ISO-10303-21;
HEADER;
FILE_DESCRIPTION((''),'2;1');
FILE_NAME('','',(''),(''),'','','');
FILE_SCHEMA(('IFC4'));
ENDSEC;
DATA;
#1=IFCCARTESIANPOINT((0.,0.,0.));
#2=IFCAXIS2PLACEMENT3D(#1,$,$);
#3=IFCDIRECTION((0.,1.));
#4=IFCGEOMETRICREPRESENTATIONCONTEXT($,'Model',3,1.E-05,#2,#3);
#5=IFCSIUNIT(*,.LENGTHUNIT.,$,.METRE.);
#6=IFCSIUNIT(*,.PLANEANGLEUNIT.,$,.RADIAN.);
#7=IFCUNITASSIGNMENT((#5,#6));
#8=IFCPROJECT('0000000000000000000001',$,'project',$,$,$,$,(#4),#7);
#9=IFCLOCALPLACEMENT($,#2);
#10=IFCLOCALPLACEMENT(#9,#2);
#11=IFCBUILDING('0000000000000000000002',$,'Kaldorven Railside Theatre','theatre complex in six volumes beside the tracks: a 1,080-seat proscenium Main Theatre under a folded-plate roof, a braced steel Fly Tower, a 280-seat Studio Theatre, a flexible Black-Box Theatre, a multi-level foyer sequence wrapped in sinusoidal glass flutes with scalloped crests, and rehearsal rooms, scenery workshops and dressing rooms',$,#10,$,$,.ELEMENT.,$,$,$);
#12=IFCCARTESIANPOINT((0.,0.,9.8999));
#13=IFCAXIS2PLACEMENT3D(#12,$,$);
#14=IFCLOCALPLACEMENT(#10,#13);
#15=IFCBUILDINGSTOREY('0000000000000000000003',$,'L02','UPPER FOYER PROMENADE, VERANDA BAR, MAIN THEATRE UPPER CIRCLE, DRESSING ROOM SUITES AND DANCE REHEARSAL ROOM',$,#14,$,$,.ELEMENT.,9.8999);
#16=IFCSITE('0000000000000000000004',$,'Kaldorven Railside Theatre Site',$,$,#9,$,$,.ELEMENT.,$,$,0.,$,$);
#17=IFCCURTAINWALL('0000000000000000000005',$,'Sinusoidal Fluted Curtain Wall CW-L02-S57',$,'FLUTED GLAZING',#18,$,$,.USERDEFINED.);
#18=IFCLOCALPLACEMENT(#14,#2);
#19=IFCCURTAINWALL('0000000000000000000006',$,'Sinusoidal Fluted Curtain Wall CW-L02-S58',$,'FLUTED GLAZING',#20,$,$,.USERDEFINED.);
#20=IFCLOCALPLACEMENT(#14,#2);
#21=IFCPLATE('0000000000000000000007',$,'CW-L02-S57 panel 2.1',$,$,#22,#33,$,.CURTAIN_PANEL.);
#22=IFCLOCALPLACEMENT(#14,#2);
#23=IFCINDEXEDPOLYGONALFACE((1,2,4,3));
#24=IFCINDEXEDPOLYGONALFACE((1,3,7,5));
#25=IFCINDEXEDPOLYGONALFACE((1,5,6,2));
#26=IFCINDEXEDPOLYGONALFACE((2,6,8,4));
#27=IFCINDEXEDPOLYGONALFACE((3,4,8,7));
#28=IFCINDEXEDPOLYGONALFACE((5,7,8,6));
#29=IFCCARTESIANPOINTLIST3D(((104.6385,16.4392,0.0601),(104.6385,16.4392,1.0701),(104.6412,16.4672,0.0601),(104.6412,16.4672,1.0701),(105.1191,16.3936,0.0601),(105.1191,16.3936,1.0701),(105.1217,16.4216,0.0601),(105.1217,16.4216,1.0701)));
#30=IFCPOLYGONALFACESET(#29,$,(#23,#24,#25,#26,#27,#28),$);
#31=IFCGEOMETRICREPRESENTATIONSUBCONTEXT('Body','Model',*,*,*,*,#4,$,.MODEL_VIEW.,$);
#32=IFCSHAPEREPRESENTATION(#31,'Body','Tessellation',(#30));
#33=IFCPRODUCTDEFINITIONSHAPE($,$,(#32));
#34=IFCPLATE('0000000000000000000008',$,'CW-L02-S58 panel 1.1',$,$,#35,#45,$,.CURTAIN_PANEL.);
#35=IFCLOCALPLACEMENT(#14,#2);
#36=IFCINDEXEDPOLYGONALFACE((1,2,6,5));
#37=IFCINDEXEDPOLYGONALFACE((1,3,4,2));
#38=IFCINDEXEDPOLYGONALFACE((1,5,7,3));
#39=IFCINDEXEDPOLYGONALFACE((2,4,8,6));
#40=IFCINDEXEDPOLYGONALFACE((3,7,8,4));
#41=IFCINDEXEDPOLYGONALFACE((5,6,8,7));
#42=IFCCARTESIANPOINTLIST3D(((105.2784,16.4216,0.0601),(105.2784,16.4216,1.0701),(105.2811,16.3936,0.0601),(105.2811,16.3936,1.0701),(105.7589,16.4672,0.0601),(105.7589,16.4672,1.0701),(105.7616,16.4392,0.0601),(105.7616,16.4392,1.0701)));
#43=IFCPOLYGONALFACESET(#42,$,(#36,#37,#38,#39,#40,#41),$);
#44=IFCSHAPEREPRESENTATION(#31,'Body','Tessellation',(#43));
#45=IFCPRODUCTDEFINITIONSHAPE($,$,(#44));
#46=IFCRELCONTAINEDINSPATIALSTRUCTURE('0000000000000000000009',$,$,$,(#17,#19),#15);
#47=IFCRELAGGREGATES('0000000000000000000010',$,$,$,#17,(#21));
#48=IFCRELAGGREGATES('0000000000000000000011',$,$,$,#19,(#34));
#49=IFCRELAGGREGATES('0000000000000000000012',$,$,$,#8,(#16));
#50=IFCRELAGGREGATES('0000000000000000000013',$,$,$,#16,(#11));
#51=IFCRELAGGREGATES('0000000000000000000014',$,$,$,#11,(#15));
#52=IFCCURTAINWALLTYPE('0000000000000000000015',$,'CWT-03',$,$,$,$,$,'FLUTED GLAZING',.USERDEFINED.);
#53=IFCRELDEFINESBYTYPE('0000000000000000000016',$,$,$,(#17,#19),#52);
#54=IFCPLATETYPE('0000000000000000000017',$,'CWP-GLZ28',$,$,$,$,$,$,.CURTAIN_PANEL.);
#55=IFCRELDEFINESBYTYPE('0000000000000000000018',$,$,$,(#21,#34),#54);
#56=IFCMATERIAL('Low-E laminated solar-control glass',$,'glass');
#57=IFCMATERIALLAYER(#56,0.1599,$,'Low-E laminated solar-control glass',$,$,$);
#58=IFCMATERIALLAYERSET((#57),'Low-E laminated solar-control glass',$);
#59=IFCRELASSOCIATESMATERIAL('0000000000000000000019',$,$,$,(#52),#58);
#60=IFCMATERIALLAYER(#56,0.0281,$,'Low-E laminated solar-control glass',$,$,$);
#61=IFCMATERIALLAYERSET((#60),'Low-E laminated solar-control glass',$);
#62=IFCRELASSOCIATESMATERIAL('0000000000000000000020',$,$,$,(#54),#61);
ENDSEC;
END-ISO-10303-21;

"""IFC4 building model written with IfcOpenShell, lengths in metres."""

from ifc_helpers import new_model, si_unit, direction, frame, origin, origin_2d, place, context, subcontext, project, spatial, rectangle, extrude, material, layer, layer_set, type_object, element, aggregate, save


model = new_model("IFC4")

# Units and contexts
model_context = context("Model", 3, precision=1e-05, world=origin(), true_north=direction((0.0, 1.0)))
body_context = subcontext(model_context, "Body", "Model", "MODEL_VIEW")
ifc_project = project(units=[si_unit("LENGTHUNIT", "METRE"), si_unit("PLANEANGLEUNIT", "RADIAN")], contexts=[model_context])

# Site, building, storey
site_placement = place(None, origin())
site = spatial("IfcSite", under=ifc_project, at=site_placement, Name="Kaldorven Railside Theatre Site", CompositionType="ELEMENT", RefElevation=0.0)
building_placement = place(site_placement, origin())
building = spatial("IfcBuilding", under=site, at=building_placement, Name="Kaldorven Railside Theatre", Description="theatre complex in six volumes beside the tracks: a 1,080-seat proscenium Main Theatre under a folded-plate roof, a braced steel Fly Tower, a 280-seat Studio Theatre, a flexible Black-Box Theatre, a multi-level foyer sequence wrapped in sinusoidal glass flutes with scalloped crests, and rehearsal rooms, scenery workshops and dressing rooms", CompositionType="ELEMENT")
storey_placement = place(building_placement, frame((0.0, 0.0, 9.8999)))
storey = spatial("IfcBuildingStorey", under=building, at=storey_placement, Name="L02", Description="UPPER FOYER PROMENADE, VERANDA BAR, MAIN THEATRE UPPER CIRCLE, DRESSING ROOM SUITES AND DANCE REHEARSAL ROOM", CompositionType="ELEMENT", Elevation=9.8999)

# Curtain walls
ifc_material_1 = material(Name="Low-E laminated solar-control glass", Category="glass")
ifc_layer_1 = layer(ifc_material_1, 0.1599, Name="Low-E laminated solar-control glass")
ifc_layer_set_1 = layer_set([ifc_layer_1], Name="Low-E laminated solar-control glass")
curtain_wall_type_1 = type_object("IfcCurtainWallType", Name="CWT-03", ElementType="FLUTED GLAZING", PredefinedType="USERDEFINED", material=ifc_layer_set_1)
curtain_wall_1_placement = place(storey_placement, origin())
curtain_wall_1 = element("IfcCurtainWall", 1, at=curtain_wall_1_placement, inside=storey, type_object=curtain_wall_type_1, Name="Sinusoidal Fluted Curtain Wall CW-L02-S57", ObjectType="FLUTED GLAZING", PredefinedType="USERDEFINED")
curtain_wall_2_placement = place(storey_placement, origin())
curtain_wall_2 = element("IfcCurtainWall", 2, at=curtain_wall_2_placement, inside=storey, type_object=curtain_wall_type_1, Name="Sinusoidal Fluted Curtain Wall CW-L02-S58", ObjectType="FLUTED GLAZING", PredefinedType="USERDEFINED")

# Plates
ifc_layer_2 = layer(ifc_material_1, 0.0281, Name="Low-E laminated solar-control glass")
ifc_layer_set_2 = layer_set([ifc_layer_2], Name="Low-E laminated solar-control glass")
plate_type = type_object("IfcPlateType", Name="CWP-GLZ28", PredefinedType="CURTAIN_PANEL", material=ifc_layer_set_2)
plate_1_placement = place(storey_placement, frame((104.8801, 16.4304, 0.0601), z_axis=(0.0, 0.0, 1.0), x_axis=(0.995526, -0.094492, 0.0)))
plate_1 = element("IfcPlate", 3, at=plate_1_placement, type_object=plate_type, Name="CW-L02-S57 panel 2.1", PredefinedType="CURTAIN_PANEL", context=body_context, shape_type="SweptSolid", body=[
    extrude(rectangle(XDim=0.4827, YDim=0.0281, at=origin_2d()), origin(), (0.0, 0.0, 1.0), 1.01),
])
aggregate(curtain_wall_1, [plate_1])
plate_2_placement = place(storey_placement, frame((105.52, 16.4304, 0.0601), z_axis=(0.0, 0.0, 1.0), x_axis=(0.995526, 0.094492, 0.0)))
plate_2 = element("IfcPlate", 4, at=plate_2_placement, type_object=plate_type, Name="CW-L02-S58 panel 1.1", PredefinedType="CURTAIN_PANEL", context=body_context, shape_type="SweptSolid", body=[
    extrude(rectangle(XDim=0.4827, YDim=0.0281, at=origin_2d()), origin(), (0.0, 0.0, 1.0), 1.01),
])
aggregate(curtain_wall_2, [plate_2])

save(model, "model.ifc")
